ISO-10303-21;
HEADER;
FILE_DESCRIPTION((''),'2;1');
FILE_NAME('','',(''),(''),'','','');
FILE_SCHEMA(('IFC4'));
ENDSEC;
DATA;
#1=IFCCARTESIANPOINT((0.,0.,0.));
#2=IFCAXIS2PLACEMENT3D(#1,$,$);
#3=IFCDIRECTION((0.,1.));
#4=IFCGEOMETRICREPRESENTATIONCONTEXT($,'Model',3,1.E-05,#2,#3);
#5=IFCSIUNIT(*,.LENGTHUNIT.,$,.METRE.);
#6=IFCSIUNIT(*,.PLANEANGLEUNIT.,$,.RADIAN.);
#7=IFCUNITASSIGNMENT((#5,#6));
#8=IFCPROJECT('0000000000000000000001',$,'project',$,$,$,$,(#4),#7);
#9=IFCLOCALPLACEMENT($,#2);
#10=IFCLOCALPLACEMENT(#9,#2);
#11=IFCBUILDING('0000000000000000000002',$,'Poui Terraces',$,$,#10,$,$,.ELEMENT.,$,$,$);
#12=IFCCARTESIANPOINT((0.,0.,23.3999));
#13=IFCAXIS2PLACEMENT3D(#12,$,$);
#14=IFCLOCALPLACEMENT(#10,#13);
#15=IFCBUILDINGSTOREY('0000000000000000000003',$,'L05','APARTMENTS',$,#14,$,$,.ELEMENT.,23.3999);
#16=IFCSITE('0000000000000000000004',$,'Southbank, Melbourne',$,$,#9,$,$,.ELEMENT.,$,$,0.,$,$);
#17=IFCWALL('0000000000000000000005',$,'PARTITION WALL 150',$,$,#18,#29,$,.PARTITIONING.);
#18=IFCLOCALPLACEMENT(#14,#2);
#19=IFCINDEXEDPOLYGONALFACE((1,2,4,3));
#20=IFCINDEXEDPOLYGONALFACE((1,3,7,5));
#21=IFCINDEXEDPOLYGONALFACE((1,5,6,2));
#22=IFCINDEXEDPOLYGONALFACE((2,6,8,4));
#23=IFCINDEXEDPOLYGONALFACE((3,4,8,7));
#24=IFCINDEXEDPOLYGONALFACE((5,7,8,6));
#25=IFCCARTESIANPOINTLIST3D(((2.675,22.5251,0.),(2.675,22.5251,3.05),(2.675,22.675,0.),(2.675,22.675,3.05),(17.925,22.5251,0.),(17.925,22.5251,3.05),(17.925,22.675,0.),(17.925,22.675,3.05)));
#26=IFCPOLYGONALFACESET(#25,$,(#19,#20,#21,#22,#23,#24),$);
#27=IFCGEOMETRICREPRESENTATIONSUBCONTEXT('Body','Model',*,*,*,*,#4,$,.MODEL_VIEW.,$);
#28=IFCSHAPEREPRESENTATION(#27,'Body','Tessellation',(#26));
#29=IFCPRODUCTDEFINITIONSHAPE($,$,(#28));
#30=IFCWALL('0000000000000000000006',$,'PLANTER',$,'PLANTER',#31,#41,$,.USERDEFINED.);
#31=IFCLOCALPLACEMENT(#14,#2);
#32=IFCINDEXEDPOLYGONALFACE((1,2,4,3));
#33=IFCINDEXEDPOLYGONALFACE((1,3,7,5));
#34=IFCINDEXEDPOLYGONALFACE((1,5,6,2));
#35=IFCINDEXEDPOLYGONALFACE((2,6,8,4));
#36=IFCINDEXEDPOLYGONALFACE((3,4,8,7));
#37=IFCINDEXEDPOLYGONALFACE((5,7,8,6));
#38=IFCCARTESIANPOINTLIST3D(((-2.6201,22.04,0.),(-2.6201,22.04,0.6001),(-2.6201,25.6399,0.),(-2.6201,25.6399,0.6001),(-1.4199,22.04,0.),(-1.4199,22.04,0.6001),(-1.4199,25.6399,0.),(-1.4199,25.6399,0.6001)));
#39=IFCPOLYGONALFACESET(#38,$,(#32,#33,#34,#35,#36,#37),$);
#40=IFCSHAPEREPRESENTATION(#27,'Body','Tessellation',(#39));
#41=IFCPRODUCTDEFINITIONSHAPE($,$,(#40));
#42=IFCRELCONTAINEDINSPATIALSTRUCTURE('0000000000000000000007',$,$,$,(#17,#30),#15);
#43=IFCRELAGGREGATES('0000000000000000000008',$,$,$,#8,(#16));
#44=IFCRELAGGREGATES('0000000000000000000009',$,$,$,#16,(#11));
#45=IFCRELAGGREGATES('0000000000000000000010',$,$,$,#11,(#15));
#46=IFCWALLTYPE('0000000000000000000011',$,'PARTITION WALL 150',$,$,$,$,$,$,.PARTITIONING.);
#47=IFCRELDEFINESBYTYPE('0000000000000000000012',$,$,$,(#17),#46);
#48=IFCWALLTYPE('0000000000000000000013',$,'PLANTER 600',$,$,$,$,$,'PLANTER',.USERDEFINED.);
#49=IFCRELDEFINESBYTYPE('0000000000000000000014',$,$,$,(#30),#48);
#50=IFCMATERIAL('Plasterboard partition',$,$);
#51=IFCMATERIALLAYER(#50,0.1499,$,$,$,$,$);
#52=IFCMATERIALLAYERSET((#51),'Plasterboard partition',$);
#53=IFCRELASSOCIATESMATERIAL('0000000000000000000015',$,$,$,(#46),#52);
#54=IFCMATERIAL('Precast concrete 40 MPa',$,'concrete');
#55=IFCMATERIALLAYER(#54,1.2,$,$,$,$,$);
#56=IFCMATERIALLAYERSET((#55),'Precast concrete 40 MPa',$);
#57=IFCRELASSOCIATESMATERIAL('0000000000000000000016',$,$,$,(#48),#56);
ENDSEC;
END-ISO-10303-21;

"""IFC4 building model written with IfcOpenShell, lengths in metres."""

from ifc_helpers import new_model, si_unit, direction, frame, frame_2d, origin, place, context, subcontext, project, spatial, polyline, rectangle, outline, extrude, source, transform, mapped, material, layer, layer_set, type_object, element, save


model = new_model("IFC4")

# Units and contexts
model_context = context("Model", 3, precision=1e-05, world=origin(), true_north=direction((0.0, 1.0)))
body_context = subcontext(model_context, "Body", "Model", "MODEL_VIEW")
ifc_project = project(units=[si_unit("LENGTHUNIT", "METRE"), si_unit("PLANEANGLEUNIT", "RADIAN")], contexts=[model_context])

# Site, building, storey
site_placement = place(None, origin())
site = spatial("IfcSite", under=ifc_project, at=site_placement, Name="Southbank, Melbourne", CompositionType="ELEMENT", RefElevation=0.0)
building_placement = place(site_placement, origin())
building = spatial("IfcBuilding", under=site, at=building_placement, Name="Poui Terraces", CompositionType="ELEMENT")
storey_placement = place(building_placement, frame((0.0, 0.0, 23.3999)))
storey = spatial("IfcBuildingStorey", under=building, at=storey_placement, Name="L05", Description="APARTMENTS", CompositionType="ELEMENT", Elevation=23.3999)

# Wall
ifc_material_1 = material(Name="Plasterboard partition")
ifc_layer_1 = layer(ifc_material_1, 0.1499)
ifc_layer_set_1 = layer_set([ifc_layer_1], Name="Plasterboard partition")
wall_type_1 = type_object("IfcWallType", Name="PARTITION WALL 150", PredefinedType="PARTITIONING", material=ifc_layer_set_1)
wall_1_placement = place(storey_placement, frame((2.675, 22.6001, 0.0), z_axis=(0.0, 0.0, 1.0), x_axis=(1.0, 0.0, 0.0)))
element("IfcWall", 1, at=wall_1_placement, inside=storey, type_object=wall_type_1, Name="PARTITION WALL 150", PredefinedType="PARTITIONING", context=body_context, shape_type="SweptSolid", body=[
    extrude(rectangle(XDim=15.25, YDim=0.1499, at=frame_2d((7.625, 0.0))), origin(), (0.0, 0.0, 1.0), 3.05),
])

# Wall
ifc_material_2 = material(Name="Precast concrete 40 MPa", Category="concrete")
ifc_layer_2 = layer(ifc_material_2, 1.2)
ifc_layer_set_2 = layer_set([ifc_layer_2], Name="Precast concrete 40 MPa")
wall_type_2 = type_object("IfcWallType", Name="PLANTER 600", ElementType="PLANTER", PredefinedType="USERDEFINED", material=ifc_layer_set_2)
shared_shape = source(origin(), body_context, "Body", "SweptSolid", [
    extrude(outline(polyline([(0.0, 0.0), (1.2002, 0.0), (1.2002, 3.5999), (0.0, 3.5999), (0.0, 0.0)])), origin(), (0.0, 0.0, 1.0), 0.6001),
])
wall_2_placement = place(storey_placement, frame((-2.6201, 22.04, 0.0)))
element("IfcWall", 2, at=wall_2_placement, inside=storey, type_object=wall_type_2, Name="PLANTER", ObjectType="PLANTER", PredefinedType="USERDEFINED", context=body_context, shape_type="MappedRepresentation", body=[
    mapped(shared_shape, transform((0.0, 0.0, 0.0))),
])

save(model, "model.ifc")
